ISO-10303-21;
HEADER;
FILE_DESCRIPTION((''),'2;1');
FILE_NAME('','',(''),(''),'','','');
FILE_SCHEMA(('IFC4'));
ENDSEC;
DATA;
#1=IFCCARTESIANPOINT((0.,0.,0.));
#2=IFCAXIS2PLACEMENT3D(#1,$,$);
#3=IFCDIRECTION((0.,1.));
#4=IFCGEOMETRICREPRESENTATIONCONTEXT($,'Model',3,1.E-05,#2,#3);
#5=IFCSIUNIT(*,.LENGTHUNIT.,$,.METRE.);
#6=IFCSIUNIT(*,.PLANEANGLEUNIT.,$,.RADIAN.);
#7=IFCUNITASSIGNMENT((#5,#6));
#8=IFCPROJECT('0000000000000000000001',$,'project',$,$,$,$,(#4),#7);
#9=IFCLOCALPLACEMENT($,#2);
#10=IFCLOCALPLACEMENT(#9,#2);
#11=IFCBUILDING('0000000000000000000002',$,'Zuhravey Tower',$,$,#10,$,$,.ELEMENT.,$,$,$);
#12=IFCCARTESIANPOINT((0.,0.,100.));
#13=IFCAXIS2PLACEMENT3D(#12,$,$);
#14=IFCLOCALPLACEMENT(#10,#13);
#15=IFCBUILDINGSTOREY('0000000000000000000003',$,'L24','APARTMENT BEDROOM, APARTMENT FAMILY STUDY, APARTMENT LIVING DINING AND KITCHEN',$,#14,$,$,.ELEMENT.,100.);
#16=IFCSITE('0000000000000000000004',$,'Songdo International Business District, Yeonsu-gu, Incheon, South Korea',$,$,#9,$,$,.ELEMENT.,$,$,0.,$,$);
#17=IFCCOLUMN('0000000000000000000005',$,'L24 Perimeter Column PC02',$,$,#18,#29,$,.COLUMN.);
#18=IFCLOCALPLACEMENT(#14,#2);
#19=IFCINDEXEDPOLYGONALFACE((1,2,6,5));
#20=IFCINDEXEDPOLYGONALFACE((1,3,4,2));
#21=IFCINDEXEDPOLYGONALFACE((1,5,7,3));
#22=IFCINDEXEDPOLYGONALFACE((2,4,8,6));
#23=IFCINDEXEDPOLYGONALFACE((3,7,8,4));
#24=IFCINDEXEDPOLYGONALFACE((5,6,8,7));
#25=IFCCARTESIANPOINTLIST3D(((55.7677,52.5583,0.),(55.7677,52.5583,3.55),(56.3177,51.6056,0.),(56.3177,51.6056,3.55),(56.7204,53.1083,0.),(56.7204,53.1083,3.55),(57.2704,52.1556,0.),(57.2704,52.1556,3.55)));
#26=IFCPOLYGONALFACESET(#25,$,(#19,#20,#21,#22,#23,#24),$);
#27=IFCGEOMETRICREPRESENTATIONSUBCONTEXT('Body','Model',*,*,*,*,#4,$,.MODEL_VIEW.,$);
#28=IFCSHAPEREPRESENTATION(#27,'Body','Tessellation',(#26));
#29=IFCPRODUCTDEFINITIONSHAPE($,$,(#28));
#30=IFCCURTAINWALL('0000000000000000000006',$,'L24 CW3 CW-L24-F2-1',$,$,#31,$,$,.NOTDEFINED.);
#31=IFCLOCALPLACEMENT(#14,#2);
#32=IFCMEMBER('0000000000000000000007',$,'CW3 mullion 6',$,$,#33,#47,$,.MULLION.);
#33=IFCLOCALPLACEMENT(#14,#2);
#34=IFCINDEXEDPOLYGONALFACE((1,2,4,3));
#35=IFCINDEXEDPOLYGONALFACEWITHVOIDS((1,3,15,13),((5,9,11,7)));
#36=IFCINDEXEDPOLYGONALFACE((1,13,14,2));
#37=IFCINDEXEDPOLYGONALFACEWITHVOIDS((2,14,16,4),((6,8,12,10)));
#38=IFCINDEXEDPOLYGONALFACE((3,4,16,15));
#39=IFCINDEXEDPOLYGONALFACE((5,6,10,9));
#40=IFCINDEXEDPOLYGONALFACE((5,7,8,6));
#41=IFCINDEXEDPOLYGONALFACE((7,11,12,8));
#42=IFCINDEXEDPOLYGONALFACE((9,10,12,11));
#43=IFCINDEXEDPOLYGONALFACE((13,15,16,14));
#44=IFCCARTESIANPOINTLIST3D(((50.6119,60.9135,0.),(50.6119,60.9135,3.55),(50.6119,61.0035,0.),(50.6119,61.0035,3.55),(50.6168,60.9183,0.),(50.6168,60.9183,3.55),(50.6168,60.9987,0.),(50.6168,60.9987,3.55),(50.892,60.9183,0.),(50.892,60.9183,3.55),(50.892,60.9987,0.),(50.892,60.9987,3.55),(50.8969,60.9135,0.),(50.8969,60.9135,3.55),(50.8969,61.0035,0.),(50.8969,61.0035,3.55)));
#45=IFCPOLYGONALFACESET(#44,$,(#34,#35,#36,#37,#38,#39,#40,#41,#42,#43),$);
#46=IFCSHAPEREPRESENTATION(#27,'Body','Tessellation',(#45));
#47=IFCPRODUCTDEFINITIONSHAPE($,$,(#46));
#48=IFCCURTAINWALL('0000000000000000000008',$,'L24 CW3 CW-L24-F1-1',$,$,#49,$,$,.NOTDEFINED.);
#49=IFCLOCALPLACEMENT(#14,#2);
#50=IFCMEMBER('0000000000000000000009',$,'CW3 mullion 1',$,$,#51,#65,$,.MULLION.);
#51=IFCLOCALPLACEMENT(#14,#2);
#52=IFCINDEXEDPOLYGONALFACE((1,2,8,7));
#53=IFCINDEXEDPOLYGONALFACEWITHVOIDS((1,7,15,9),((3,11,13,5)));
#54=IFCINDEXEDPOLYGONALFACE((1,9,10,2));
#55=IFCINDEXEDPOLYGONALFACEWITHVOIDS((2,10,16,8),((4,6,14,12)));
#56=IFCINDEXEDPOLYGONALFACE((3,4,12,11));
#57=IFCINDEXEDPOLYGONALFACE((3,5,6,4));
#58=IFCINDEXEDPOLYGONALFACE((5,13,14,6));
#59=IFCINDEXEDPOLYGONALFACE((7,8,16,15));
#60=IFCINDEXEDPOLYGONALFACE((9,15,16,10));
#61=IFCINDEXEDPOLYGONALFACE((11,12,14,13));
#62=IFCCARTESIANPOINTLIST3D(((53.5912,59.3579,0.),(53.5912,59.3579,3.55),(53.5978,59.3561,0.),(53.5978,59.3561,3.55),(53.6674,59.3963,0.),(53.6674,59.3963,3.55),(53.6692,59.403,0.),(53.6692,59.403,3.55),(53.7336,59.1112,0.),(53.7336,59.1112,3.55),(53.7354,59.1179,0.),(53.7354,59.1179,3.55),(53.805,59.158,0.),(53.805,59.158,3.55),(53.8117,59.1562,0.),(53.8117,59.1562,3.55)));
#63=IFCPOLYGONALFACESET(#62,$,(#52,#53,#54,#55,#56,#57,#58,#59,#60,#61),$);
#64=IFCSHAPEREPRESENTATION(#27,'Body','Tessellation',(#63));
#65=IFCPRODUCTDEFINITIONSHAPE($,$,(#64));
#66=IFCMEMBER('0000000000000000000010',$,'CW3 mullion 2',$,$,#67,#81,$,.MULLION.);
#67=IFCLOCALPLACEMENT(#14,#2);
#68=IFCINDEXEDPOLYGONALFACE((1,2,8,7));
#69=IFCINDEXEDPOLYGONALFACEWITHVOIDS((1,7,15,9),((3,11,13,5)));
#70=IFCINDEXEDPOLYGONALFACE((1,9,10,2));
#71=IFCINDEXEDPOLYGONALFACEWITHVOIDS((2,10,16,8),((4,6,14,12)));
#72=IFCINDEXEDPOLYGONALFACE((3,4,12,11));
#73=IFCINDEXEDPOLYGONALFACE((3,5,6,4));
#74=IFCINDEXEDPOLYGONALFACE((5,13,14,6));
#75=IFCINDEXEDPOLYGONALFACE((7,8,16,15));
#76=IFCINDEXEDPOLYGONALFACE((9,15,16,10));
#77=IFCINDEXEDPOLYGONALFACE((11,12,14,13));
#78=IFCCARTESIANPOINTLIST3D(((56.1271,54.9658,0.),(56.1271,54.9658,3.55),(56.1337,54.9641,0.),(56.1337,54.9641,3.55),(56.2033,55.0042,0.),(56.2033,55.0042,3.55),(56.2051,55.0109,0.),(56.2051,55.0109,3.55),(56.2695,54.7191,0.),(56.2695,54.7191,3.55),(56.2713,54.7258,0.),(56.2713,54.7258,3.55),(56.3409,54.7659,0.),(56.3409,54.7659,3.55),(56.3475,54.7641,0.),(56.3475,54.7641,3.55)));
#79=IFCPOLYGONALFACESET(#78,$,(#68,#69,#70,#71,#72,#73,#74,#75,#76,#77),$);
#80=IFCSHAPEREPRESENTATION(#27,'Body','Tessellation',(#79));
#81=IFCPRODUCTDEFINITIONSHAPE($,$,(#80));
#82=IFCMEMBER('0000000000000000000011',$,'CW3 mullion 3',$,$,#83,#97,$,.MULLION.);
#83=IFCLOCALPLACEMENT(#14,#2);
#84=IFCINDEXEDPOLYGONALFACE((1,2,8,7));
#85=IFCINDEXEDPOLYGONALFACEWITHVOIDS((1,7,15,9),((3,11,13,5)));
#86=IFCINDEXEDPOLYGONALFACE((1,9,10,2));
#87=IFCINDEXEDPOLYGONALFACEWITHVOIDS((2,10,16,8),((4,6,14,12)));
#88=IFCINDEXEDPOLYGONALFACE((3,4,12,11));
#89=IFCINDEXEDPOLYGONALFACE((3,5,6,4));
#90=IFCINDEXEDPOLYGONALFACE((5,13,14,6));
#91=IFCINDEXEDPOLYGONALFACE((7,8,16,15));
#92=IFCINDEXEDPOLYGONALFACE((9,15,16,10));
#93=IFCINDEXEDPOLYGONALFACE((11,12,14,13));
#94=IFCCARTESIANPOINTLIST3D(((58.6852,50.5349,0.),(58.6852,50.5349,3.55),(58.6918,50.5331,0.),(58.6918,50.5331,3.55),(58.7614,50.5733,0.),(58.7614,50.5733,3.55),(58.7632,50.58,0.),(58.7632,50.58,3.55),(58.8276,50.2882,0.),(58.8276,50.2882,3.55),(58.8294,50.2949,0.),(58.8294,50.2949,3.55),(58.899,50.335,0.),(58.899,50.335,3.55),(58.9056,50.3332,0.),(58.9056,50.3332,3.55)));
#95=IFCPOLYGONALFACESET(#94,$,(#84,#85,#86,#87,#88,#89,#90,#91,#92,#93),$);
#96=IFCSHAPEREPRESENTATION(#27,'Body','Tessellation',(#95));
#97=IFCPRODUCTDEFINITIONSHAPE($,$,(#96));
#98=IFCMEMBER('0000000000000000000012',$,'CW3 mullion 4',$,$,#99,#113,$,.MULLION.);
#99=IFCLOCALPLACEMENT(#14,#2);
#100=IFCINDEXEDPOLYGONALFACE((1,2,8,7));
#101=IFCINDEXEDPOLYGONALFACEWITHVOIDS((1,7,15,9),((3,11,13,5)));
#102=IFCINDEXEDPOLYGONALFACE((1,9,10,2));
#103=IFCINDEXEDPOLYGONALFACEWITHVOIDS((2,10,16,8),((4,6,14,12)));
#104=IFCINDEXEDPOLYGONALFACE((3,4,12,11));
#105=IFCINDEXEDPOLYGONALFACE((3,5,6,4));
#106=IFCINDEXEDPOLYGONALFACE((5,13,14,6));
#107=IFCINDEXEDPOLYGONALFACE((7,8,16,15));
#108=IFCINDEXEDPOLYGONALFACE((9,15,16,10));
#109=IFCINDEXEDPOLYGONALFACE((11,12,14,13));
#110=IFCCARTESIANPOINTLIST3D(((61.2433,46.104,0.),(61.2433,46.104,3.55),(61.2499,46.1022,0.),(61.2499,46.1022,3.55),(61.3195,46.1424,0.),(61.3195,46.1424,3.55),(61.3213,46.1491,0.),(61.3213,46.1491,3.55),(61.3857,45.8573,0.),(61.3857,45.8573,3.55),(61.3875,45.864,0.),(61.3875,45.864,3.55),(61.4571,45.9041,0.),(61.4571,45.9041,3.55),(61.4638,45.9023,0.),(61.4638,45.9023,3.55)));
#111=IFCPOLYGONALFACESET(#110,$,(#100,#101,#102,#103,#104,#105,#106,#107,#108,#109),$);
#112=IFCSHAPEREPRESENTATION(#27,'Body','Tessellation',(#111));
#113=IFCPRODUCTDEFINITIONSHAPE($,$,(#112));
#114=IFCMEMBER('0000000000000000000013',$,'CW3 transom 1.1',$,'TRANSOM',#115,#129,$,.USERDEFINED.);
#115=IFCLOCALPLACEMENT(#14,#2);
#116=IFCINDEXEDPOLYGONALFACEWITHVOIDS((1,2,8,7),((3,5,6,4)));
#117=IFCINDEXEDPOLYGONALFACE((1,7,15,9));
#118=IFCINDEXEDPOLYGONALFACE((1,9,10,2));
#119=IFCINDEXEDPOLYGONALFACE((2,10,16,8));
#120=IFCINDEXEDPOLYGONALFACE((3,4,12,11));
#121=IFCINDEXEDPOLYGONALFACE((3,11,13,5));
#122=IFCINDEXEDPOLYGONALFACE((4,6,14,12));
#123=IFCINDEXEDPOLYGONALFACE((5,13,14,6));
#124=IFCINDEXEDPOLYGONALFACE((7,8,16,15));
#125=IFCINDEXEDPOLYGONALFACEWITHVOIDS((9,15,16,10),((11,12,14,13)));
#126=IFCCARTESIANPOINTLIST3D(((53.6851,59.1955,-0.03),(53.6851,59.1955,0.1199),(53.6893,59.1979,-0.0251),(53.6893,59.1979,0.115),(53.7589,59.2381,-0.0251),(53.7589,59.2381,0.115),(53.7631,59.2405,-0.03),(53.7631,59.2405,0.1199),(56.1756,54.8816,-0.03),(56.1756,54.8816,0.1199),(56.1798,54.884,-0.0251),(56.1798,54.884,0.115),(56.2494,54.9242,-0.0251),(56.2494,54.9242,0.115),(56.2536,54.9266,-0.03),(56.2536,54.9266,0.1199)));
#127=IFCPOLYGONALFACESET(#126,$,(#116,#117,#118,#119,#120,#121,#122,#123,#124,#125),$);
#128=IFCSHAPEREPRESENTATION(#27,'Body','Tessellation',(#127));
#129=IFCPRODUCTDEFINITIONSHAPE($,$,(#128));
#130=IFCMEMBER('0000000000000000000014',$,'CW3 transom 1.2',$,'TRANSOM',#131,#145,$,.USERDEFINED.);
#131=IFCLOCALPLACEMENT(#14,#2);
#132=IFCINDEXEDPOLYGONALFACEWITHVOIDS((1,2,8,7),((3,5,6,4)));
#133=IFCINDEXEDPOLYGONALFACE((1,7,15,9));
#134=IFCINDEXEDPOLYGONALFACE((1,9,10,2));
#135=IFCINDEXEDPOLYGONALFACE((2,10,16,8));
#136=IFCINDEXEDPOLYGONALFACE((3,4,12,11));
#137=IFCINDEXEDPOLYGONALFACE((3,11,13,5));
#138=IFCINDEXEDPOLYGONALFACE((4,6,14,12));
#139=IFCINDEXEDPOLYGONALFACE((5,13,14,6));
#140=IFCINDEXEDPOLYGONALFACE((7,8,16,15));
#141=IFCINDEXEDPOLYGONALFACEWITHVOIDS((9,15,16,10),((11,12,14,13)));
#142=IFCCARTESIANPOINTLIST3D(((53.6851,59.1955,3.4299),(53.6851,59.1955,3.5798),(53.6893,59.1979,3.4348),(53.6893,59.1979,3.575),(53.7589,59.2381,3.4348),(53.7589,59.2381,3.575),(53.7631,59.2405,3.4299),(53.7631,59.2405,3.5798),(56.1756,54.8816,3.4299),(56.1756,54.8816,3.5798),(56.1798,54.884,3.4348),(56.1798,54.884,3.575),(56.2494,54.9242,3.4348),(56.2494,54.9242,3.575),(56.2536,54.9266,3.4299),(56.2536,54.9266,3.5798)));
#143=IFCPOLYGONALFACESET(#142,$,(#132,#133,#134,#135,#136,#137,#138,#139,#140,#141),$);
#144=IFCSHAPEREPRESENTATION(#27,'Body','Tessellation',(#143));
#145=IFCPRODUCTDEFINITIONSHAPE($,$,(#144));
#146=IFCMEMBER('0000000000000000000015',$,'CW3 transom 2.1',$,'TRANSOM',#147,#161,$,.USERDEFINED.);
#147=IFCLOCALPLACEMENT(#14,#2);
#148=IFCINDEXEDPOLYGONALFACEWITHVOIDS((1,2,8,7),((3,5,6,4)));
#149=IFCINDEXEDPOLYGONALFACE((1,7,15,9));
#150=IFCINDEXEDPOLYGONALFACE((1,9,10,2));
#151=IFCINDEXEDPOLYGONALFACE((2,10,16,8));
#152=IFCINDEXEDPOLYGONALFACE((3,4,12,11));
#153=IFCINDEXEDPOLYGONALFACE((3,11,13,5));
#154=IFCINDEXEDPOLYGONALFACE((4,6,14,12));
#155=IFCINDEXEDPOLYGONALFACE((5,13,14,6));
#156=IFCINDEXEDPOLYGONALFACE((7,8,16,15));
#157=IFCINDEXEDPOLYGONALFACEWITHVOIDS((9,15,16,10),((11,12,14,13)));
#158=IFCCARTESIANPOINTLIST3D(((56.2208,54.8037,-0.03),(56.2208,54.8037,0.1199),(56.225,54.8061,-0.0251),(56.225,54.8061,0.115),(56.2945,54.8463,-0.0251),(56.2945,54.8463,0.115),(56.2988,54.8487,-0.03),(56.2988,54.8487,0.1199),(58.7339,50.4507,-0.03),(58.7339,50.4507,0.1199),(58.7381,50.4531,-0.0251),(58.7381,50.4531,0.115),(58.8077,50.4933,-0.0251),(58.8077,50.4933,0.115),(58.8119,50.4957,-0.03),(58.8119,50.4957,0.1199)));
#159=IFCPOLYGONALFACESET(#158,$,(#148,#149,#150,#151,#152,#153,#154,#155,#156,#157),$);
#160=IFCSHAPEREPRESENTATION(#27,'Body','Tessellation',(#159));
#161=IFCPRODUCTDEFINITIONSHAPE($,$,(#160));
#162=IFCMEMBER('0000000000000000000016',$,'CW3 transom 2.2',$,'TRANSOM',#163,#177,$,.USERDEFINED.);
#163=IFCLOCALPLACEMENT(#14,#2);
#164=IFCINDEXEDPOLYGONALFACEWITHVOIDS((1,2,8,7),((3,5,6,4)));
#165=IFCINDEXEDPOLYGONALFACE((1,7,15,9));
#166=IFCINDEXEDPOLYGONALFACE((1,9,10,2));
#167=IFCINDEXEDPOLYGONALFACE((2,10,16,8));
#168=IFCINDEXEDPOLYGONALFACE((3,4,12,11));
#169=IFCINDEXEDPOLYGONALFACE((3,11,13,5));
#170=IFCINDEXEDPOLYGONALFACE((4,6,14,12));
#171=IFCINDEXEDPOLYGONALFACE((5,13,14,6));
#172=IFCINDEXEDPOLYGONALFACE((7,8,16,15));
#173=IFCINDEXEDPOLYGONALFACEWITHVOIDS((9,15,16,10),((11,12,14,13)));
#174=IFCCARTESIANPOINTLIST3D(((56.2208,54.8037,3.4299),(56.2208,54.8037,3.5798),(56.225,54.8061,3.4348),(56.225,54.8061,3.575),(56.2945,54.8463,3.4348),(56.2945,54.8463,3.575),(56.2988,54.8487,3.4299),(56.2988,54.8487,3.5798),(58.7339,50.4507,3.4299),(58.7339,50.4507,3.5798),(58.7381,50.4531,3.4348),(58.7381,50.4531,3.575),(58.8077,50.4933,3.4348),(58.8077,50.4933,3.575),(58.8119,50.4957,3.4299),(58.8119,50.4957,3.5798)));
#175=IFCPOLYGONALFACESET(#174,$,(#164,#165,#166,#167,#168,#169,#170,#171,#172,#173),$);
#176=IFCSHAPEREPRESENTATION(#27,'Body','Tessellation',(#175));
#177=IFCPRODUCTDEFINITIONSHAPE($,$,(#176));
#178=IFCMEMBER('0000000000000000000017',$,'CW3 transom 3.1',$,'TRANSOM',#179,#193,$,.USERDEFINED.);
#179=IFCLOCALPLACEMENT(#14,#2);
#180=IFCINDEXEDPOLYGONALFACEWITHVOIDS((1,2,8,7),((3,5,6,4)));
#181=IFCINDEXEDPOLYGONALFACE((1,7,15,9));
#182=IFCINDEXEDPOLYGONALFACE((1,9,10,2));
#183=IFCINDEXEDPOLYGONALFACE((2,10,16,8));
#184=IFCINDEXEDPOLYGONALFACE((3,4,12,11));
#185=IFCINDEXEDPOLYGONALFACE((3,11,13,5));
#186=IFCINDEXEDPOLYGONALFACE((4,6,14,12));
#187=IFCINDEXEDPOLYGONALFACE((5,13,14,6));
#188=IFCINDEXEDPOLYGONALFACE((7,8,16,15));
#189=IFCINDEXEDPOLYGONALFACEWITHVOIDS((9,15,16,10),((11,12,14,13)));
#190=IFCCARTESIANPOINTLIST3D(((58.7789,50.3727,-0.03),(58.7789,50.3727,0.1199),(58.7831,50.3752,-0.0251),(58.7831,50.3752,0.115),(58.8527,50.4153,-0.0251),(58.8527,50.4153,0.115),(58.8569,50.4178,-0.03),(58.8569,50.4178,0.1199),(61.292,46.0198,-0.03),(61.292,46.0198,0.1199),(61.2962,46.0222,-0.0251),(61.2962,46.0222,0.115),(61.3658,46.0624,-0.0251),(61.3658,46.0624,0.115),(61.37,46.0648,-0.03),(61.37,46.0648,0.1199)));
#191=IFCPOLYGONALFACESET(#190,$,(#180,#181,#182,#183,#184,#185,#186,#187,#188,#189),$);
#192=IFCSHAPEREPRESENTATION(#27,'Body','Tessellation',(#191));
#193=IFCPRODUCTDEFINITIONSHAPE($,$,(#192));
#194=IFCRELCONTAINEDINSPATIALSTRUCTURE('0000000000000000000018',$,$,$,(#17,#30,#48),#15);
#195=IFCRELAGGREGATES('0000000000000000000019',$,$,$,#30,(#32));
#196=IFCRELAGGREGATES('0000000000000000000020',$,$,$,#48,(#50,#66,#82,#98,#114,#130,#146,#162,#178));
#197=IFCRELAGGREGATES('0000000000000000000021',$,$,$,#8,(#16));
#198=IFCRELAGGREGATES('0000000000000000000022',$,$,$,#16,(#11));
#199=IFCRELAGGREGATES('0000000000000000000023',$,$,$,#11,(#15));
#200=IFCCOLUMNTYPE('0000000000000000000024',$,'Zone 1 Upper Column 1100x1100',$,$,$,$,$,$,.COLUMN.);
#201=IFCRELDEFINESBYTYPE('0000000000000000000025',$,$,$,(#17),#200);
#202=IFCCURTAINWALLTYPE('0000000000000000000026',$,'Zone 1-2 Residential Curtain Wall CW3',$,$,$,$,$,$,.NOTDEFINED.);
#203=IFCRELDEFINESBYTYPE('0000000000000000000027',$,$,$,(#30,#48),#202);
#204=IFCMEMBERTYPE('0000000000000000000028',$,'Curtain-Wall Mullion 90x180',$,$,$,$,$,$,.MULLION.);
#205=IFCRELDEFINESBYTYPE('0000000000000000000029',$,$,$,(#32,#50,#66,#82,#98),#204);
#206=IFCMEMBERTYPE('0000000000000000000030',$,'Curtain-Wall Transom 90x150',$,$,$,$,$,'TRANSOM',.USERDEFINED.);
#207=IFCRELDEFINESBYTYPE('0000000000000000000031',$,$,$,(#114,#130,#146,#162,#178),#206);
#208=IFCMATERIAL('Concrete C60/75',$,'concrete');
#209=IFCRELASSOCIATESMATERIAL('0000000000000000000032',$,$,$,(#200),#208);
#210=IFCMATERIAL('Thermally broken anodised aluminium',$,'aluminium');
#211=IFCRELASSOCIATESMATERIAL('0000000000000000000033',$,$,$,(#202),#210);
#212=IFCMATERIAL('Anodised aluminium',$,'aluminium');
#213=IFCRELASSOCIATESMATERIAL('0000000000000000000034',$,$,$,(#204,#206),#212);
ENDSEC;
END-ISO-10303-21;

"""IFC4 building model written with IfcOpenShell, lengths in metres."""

from ifc_helpers import new_model, si_unit, direction, frame, origin, origin_2d, place, context, subcontext, project, spatial, rectangle, hollow_rectangle, extrude, material, material_profile, profile_set, type_object, element, aggregate, save


model = new_model("IFC4")

# Units and contexts
model_context = context("Model", 3, precision=1e-05, world=origin(), true_north=direction((0.0, 1.0)))
body_context = subcontext(model_context, "Body", "Model", "MODEL_VIEW")
ifc_project = project(units=[si_unit("LENGTHUNIT", "METRE"), si_unit("PLANEANGLEUNIT", "RADIAN")], contexts=[model_context])

# Site, building, storey
site_placement = place(None, origin())
site = spatial("IfcSite", under=ifc_project, at=site_placement, Name="Songdo International Business District, Yeonsu-gu, Incheon, South Korea", CompositionType="ELEMENT", RefElevation=0.0)
building_placement = place(site_placement, origin())
building = spatial("IfcBuilding", under=site, at=building_placement, Name="Zuhravey Tower", CompositionType="ELEMENT")
storey_placement = place(building_placement, frame((0.0, 0.0, 100.0)))
storey = spatial("IfcBuildingStorey", under=building, at=storey_placement, Name="L24", Description="APARTMENT BEDROOM, APARTMENT FAMILY STUDY, APARTMENT LIVING DINING AND KITCHEN", CompositionType="ELEMENT", Elevation=100.0)

# Column
ifc_material_1 = material(Name="Concrete C60/75", Category="concrete")
ifc_material_profile_1 = material_profile(ifc_material_1, rectangle(XDim=1.1001, YDim=1.1001, at=origin_2d()), Name="RC-1100x1100")
ifc_profile_set_1 = profile_set([ifc_material_profile_1], Name="Concrete C60/75")
column_type = type_object("IfcColumnType", Name="Zone 1 Upper Column 1100x1100", PredefinedType="COLUMN", material=ifc_profile_set_1)
column_placement = place(storey_placement, frame((56.519, 52.3569, 0.0), z_axis=(0.0, 0.0, 1.0), x_axis=(-0.5, 0.866025, 0.0)))
element("IfcColumn", 1, at=column_placement, inside=storey, type_object=column_type, Name="L24 Perimeter Column PC02", PredefinedType="COLUMN", context=body_context, shape_type="SweptSolid", body=[
    extrude(rectangle(XDim=1.1001, YDim=1.1001, at=origin_2d()), origin(), (0.0, 0.0, 1.0), 3.55),
])

# Curtain wall, member
ifc_material_2 = material(Name="Thermally broken anodised aluminium", Category="aluminium")
curtain_wall_type = type_object("IfcCurtainWallType", Name="Zone 1-2 Residential Curtain Wall CW3", PredefinedType="NOTDEFINED", material=ifc_material_2)
curtain_wall_1_placement = place(storey_placement, origin())
curtain_wall_1 = element("IfcCurtainWall", 2, at=curtain_wall_1_placement, inside=storey, type_object=curtain_wall_type, Name="L24 CW3 CW-L24-F2-1", PredefinedType="NOTDEFINED")
ifc_material_3 = material(Name="Anodised aluminium", Category="aluminium")
ifc_material_profile_2 = material_profile(ifc_material_3, hollow_rectangle(XDim=0.0901, YDim=0.2849, WallThickness=0.0049, at=origin_2d()), Name="ALU-RHS-90x285x5")
ifc_profile_set_2 = profile_set([ifc_material_profile_2], Name="Anodised aluminium")
member_type_1 = type_object("IfcMemberType", Name="Curtain-Wall Mullion 90x180", PredefinedType="MULLION", material=ifc_profile_set_2)
member_1_placement = place(storey_placement, frame((50.7544, 60.9585, 0.0), z_axis=(0.0, 0.0, 1.0), x_axis=(0.0, 1.0, 0.0)))
member_1 = element("IfcMember", 3, at=member_1_placement, type_object=member_type_1, Name="CW3 mullion 6", PredefinedType="MULLION", context=body_context, shape_type="SweptSolid", body=[
    extrude(hollow_rectangle(XDim=0.0901, YDim=0.2849, WallThickness=0.0049, at=origin_2d()), origin(), (0.0, 0.0, 1.0), 3.55),
])
aggregate(curtain_wall_1, [member_1])

# Curtain wall, members
curtain_wall_2_placement = place(storey_placement, origin())
curtain_wall_2 = element("IfcCurtainWall", 4, at=curtain_wall_2_placement, inside=storey, type_object=curtain_wall_type, Name="L24 CW3 CW-L24-F1-1", PredefinedType="NOTDEFINED")
member_2_placement = place(storey_placement, frame((53.7014, 59.2571, 0.0), z_axis=(0.0, 0.0, 1.0), x_axis=(0.866026, 0.499999, 0.0)))
member_2 = element("IfcMember", 5, at=member_2_placement, type_object=member_type_1, Name="CW3 mullion 1", PredefinedType="MULLION", context=body_context, shape_type="SweptSolid", body=[
    extrude(hollow_rectangle(XDim=0.0901, YDim=0.2849, WallThickness=0.0049, at=origin_2d()), origin(), (0.0, 0.0, 1.0), 3.55),
])
member_3_placement = place(storey_placement, frame((56.2373, 54.865, 0.0), z_axis=(0.0, 0.0, 1.0), x_axis=(0.866026, 0.499999, 0.0)))
member_3 = element("IfcMember", 6, at=member_3_placement, type_object=member_type_1, Name="CW3 mullion 2", PredefinedType="MULLION", context=body_context, shape_type="SweptSolid", body=[
    extrude(hollow_rectangle(XDim=0.0901, YDim=0.2849, WallThickness=0.0049, at=origin_2d()), origin(), (0.0, 0.0, 1.0), 3.55),
])
member_4_placement = place(storey_placement, frame((58.7954, 50.4341, 0.0), z_axis=(0.0, 0.0, 1.0), x_axis=(0.866026, 0.499999, 0.0)))
member_4 = element("IfcMember", 7, at=member_4_placement, type_object=member_type_1, Name="CW3 mullion 3", PredefinedType="MULLION", context=body_context, shape_type="SweptSolid", body=[
    extrude(hollow_rectangle(XDim=0.0901, YDim=0.2849, WallThickness=0.0049, at=origin_2d()), origin(), (0.0, 0.0, 1.0), 3.55),
])
member_5_placement = place(storey_placement, frame((61.3535, 46.0032, 0.0), z_axis=(0.0, 0.0, 1.0), x_axis=(0.866026, 0.499999, 0.0)))
member_5 = element("IfcMember", 8, at=member_5_placement, type_object=member_type_1, Name="CW3 mullion 4", PredefinedType="MULLION", context=body_context, shape_type="SweptSolid", body=[
    extrude(hollow_rectangle(XDim=0.0901, YDim=0.2849, WallThickness=0.0049, at=origin_2d()), origin(), (0.0, 0.0, 1.0), 3.55),
])
ifc_material_profile_3 = material_profile(ifc_material_3, hollow_rectangle(XDim=0.0901, YDim=0.1499, WallThickness=0.0049, at=origin_2d()), Name="ALU-RHS-90x150x5")
ifc_profile_set_3 = profile_set([ifc_material_profile_3], Name="Anodised aluminium")
member_type_2 = type_object("IfcMemberType", Name="Curtain-Wall Transom 90x150", ElementType="TRANSOM", PredefinedType="USERDEFINED", material=ifc_profile_set_3)
member_6_placement = place(storey_placement, frame((53.7241, 59.218, 0.0449), z_axis=(0.499971, -0.866042, 0.0), x_axis=(0.866042, 0.499971, 0.0)))
member_6 = element("IfcMember", 9, at=member_6_placement, type_object=member_type_2, Name="CW3 transom 1.1", ObjectType="TRANSOM", PredefinedType="USERDEFINED", context=body_context, shape_type="SweptSolid", body=[
    extrude(hollow_rectangle(XDim=0.0901, YDim=0.1499, WallThickness=0.0049, at=origin_2d()), origin(), (0.0, 0.0, 1.0), 4.9812),
])
member_7_placement = place(storey_placement, frame((53.7241, 59.218, 3.5049), z_axis=(0.499971, -0.866042, 0.0), x_axis=(0.866042, 0.499971, 0.0)))
member_7 = element("IfcMember", 10, at=member_7_placement, type_object=member_type_2, Name="CW3 transom 1.2", ObjectType="TRANSOM", PredefinedType="USERDEFINED", context=body_context, shape_type="SweptSolid", body=[
    extrude(hollow_rectangle(XDim=0.0901, YDim=0.1499, WallThickness=0.0049, at=origin_2d()), origin(), (0.0, 0.0, 1.0), 4.9812),
])
member_8_placement = place(storey_placement, frame((56.2598, 54.8262, 0.0449), z_axis=(0.499994, -0.866029, 0.0), x_axis=(0.866029, 0.499994, 0.0)))
member_8 = element("IfcMember", 11, at=member_8_placement, type_object=member_type_2, Name="CW3 transom 2.1", ObjectType="TRANSOM", PredefinedType="USERDEFINED", context=body_context, shape_type="SweptSolid", body=[
    extrude(hollow_rectangle(XDim=0.0901, YDim=0.1499, WallThickness=0.0049, at=origin_2d()), origin(), (0.0, 0.0, 1.0), 5.0264),
])
member_9_placement = place(storey_placement, frame((56.2598, 54.8262, 3.5049), z_axis=(0.499994, -0.866029, 0.0), x_axis=(0.866029, 0.499994, 0.0)))
member_9 = element("IfcMember", 12, at=member_9_placement, type_object=member_type_2, Name="CW3 transom 2.2", ObjectType="TRANSOM", PredefinedType="USERDEFINED", context=body_context, shape_type="SweptSolid", body=[
    extrude(hollow_rectangle(XDim=0.0901, YDim=0.1499, WallThickness=0.0049, at=origin_2d()), origin(), (0.0, 0.0, 1.0), 5.0264),
])
member_10_placement = place(storey_placement, frame((58.8179, 50.3953, 0.0449), z_axis=(0.499994, -0.866029, 0.0), x_axis=(0.866029, 0.499994, 0.0)))
member_10 = element("IfcMember", 13, at=member_10_placement, type_object=member_type_2, Name="CW3 transom 3.1", ObjectType="TRANSOM", PredefinedType="USERDEFINED", context=body_context, shape_type="SweptSolid", body=[
    extrude(hollow_rectangle(XDim=0.0901, YDim=0.1499, WallThickness=0.0049, at=origin_2d()), origin(), (0.0, 0.0, 1.0), 5.0264),
])

aggregate(curtain_wall_2, [member_2, member_3, member_4, member_5, member_6, member_7, member_8, member_9, member_10])

save(model, "model.ifc")
